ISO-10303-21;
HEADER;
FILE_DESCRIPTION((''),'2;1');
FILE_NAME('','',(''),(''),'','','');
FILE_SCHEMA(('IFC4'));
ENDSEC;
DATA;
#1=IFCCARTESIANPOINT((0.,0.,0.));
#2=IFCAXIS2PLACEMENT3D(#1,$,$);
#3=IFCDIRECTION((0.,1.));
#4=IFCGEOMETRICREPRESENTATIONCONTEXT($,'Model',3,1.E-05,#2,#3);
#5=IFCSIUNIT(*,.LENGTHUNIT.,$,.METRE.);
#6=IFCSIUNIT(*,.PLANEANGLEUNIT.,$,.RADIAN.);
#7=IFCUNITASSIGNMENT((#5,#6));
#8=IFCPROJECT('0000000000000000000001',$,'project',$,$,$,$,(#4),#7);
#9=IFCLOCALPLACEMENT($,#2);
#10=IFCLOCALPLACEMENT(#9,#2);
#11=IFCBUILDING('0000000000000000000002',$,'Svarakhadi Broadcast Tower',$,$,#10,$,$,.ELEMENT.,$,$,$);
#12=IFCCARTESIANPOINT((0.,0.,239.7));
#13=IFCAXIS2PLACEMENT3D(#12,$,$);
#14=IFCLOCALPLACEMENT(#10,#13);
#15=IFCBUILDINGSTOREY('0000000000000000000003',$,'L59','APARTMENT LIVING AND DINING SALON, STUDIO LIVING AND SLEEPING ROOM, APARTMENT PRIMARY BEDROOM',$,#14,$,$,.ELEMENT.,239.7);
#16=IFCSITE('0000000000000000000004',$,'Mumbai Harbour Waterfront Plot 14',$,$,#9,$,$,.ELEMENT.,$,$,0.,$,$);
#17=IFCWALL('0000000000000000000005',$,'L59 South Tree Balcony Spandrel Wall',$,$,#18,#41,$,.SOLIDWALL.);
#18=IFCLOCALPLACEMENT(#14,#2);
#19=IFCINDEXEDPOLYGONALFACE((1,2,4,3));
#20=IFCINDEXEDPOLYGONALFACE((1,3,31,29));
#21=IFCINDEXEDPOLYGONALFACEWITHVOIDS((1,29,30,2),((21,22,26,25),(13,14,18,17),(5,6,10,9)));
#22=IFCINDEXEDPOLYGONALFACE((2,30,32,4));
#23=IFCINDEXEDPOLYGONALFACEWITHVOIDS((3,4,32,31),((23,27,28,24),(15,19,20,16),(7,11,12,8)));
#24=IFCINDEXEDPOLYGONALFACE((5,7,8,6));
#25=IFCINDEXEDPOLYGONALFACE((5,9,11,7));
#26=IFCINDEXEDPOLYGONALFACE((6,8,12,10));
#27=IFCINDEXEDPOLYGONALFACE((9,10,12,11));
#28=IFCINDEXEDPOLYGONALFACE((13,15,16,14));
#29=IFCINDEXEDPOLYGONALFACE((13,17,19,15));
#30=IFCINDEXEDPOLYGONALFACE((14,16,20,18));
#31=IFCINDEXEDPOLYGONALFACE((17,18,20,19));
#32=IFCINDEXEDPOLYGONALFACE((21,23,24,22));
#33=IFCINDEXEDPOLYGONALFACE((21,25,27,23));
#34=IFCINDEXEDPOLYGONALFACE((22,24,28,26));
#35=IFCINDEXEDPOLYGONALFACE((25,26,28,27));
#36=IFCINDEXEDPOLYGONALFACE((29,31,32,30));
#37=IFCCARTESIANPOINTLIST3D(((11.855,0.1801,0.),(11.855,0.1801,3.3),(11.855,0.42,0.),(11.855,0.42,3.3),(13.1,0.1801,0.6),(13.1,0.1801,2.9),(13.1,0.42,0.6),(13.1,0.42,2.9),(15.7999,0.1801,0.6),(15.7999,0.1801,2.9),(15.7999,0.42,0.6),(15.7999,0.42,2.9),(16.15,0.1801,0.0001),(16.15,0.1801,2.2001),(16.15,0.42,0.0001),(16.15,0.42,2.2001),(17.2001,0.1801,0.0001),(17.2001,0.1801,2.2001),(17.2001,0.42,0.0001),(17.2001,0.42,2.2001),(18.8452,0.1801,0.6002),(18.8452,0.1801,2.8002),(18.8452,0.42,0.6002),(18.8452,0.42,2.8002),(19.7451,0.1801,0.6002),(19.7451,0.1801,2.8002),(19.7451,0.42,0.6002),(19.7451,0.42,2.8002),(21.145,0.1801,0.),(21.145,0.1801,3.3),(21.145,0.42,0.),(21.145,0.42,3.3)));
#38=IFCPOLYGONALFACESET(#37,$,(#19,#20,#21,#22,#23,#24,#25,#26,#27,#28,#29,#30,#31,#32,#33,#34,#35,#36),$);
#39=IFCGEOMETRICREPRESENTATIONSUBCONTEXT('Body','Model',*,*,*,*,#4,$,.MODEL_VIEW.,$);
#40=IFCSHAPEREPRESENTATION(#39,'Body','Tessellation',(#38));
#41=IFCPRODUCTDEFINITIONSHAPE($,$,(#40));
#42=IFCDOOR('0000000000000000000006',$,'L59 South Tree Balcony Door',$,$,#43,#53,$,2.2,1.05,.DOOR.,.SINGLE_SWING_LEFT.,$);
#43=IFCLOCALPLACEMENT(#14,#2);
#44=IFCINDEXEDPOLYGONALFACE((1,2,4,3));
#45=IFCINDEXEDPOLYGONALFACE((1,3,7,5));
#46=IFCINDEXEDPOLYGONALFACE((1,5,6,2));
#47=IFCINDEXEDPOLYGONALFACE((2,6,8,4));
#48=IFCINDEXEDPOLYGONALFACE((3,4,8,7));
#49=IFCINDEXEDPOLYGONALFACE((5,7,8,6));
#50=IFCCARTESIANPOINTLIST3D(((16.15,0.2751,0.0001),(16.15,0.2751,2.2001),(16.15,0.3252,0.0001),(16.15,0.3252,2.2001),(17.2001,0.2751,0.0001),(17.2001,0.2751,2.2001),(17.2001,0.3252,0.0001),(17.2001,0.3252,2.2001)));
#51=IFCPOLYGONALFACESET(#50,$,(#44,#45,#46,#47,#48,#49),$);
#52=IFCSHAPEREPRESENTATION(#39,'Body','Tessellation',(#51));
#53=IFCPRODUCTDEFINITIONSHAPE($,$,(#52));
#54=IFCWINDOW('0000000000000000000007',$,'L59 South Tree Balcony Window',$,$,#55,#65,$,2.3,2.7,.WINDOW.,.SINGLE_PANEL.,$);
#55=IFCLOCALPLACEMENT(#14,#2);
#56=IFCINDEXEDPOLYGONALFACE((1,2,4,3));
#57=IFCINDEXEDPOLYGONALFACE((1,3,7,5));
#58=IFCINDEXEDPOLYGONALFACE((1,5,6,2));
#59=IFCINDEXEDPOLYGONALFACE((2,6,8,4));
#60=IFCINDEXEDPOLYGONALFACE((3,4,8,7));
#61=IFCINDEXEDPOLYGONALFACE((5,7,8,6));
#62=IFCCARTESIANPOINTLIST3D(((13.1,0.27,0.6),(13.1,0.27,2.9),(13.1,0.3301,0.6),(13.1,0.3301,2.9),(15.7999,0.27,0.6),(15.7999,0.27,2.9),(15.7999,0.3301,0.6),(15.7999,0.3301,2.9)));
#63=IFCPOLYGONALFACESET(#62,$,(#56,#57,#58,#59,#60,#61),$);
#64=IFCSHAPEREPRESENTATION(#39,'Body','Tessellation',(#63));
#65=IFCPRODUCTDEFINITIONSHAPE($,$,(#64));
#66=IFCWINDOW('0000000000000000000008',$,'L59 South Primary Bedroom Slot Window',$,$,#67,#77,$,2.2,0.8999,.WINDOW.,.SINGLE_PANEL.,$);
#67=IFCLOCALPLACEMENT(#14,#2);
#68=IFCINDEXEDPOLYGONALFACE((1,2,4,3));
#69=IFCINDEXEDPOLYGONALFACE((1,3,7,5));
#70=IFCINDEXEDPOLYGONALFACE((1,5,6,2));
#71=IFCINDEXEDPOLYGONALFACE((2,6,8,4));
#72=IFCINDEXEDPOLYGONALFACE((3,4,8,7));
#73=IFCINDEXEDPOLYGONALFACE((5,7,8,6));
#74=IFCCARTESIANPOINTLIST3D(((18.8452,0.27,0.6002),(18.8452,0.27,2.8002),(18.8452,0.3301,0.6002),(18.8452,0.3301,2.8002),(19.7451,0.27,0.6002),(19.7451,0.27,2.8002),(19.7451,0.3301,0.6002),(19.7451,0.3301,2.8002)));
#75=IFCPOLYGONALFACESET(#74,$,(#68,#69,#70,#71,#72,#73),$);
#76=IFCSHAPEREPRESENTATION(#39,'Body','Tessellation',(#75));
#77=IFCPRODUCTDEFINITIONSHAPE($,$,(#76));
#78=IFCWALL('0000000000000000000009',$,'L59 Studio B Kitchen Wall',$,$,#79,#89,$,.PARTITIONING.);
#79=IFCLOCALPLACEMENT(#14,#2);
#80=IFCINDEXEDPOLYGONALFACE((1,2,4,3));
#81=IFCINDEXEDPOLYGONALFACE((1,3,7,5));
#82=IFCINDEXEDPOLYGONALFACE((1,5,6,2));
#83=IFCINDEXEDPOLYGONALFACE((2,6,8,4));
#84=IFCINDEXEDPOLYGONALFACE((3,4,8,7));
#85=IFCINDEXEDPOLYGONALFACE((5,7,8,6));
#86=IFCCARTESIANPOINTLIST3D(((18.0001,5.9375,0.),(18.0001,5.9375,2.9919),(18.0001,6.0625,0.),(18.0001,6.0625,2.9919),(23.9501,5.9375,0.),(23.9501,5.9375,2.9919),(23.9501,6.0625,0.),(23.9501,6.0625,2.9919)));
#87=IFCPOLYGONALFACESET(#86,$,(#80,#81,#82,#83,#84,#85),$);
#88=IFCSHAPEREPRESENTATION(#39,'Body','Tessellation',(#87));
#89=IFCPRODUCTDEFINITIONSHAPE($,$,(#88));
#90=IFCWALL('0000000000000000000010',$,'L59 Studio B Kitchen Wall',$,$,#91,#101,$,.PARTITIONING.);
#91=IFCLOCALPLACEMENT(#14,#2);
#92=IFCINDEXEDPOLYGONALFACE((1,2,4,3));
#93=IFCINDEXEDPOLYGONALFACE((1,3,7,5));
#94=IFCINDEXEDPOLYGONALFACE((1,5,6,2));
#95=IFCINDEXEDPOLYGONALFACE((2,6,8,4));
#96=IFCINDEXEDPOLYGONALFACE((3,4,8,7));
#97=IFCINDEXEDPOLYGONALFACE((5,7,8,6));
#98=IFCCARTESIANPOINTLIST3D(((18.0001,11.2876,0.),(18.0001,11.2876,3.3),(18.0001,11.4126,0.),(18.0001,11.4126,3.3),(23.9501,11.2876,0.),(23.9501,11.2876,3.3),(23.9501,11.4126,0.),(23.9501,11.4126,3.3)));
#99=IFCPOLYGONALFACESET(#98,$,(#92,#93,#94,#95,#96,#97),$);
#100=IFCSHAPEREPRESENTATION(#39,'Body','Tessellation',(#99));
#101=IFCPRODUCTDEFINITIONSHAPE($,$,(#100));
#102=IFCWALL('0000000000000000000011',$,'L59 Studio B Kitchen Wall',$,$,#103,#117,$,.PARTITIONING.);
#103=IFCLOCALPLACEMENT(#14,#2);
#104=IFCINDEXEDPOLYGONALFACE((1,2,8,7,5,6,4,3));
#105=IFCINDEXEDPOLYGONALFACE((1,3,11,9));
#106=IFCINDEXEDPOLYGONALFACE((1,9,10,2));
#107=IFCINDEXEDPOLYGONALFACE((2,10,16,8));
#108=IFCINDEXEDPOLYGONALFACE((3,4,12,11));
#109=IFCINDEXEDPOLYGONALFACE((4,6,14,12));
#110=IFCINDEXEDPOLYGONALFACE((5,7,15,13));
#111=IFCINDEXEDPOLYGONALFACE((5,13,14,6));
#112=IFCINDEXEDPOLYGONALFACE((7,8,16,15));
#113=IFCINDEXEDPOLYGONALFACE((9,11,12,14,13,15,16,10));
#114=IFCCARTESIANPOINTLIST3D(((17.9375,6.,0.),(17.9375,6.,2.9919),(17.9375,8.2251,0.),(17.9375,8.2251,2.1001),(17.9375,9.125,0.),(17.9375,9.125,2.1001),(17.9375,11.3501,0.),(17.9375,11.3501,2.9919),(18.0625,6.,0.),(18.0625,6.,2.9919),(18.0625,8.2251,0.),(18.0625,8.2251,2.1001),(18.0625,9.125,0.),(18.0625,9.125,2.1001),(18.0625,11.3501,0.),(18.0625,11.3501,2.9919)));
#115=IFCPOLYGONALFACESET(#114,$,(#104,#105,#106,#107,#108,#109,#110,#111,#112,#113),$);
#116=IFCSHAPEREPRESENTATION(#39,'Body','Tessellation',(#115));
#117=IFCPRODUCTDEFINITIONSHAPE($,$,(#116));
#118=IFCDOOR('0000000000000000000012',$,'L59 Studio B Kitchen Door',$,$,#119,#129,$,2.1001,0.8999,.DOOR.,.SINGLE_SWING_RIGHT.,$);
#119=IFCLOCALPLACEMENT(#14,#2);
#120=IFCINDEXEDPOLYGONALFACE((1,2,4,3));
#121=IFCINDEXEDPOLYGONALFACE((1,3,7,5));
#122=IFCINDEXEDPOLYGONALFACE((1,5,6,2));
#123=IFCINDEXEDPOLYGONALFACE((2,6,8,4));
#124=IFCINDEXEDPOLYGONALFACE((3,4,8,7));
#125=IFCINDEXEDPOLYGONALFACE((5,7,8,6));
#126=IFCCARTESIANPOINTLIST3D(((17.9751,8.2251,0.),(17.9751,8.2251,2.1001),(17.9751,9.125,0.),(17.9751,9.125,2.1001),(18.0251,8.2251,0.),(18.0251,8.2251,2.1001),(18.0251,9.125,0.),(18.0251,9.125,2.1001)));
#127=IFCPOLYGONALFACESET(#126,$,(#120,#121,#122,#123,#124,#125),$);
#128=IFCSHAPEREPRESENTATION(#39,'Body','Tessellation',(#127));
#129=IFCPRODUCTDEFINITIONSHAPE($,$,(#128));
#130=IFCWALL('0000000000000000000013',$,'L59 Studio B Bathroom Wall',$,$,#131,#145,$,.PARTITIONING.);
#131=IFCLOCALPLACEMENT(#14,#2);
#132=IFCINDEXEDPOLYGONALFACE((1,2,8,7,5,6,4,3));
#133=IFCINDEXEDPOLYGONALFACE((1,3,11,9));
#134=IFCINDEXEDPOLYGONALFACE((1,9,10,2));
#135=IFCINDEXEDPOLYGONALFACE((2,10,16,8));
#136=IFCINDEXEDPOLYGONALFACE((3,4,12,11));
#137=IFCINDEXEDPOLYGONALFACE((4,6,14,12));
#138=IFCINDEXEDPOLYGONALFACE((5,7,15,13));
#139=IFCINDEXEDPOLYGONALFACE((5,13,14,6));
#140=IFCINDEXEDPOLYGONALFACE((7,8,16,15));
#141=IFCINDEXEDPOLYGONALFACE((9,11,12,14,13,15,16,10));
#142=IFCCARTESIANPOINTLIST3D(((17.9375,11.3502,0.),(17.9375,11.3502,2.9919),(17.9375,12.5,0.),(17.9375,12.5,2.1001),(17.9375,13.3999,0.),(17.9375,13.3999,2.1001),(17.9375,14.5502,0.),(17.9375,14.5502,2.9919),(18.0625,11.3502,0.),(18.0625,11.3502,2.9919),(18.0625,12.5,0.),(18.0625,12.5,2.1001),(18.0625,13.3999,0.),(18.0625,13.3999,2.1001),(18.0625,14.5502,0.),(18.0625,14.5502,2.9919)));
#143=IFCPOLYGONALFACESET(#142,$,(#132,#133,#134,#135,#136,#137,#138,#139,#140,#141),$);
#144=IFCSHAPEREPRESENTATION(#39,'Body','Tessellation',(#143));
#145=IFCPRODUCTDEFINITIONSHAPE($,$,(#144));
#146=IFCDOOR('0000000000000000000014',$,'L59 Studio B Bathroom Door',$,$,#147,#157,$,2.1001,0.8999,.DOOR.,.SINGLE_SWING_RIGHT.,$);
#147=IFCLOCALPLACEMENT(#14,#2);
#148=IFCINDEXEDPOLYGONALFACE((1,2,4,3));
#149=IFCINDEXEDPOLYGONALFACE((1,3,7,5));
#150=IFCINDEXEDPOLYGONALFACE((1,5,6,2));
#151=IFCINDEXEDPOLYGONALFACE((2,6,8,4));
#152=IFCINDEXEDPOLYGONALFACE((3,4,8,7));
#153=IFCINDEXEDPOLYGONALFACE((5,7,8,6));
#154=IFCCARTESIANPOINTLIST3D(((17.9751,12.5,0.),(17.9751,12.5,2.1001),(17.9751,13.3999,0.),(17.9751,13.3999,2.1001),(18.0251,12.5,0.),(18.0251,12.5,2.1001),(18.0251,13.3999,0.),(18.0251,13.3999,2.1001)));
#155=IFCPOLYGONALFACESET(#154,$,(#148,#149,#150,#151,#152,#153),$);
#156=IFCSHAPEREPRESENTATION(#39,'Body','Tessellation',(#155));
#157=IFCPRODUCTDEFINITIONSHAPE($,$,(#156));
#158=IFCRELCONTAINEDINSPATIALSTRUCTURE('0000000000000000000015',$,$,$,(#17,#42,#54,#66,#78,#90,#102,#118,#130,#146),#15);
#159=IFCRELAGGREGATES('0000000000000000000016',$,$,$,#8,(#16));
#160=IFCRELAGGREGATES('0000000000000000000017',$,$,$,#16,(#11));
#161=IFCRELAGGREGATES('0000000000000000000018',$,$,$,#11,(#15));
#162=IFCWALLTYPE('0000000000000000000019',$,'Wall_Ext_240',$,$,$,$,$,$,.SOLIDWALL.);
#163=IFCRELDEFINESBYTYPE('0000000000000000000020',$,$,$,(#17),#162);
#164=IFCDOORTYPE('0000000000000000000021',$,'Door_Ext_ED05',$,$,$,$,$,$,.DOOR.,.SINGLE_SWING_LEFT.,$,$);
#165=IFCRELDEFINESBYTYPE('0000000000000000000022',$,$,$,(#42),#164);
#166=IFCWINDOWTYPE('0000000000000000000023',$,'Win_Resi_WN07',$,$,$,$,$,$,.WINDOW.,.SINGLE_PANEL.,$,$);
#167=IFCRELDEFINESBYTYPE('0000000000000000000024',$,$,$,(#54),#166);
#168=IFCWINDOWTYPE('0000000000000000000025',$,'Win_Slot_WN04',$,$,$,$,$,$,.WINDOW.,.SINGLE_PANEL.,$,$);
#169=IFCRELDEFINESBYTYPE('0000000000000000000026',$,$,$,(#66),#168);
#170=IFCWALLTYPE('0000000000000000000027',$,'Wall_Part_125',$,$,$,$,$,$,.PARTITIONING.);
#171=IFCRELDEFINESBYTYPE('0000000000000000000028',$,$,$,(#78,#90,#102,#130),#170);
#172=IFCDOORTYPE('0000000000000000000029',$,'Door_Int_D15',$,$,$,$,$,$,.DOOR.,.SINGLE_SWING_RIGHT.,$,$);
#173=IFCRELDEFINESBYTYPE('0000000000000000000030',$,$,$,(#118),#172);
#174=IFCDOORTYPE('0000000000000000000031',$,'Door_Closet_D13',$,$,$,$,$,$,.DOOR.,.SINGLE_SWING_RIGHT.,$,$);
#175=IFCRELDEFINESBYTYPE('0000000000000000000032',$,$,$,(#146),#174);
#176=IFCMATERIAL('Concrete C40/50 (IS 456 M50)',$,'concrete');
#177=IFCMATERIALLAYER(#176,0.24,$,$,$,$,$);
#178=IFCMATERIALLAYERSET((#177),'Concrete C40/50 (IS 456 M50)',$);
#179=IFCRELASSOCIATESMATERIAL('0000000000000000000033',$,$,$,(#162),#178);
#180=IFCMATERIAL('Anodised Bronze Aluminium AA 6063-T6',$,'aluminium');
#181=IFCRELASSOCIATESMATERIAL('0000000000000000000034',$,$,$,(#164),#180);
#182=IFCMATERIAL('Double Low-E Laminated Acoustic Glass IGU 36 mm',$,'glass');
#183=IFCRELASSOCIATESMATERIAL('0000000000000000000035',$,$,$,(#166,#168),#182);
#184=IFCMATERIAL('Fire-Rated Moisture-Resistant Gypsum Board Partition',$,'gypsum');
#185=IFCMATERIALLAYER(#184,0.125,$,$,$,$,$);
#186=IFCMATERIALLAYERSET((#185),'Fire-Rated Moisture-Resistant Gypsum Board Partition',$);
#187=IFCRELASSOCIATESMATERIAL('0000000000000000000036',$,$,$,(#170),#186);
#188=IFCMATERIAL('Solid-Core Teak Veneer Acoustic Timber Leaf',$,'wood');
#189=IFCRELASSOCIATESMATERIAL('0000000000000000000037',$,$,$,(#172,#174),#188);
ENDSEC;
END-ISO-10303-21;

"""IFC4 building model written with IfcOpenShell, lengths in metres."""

from ifc_helpers import new_model, si_unit, direction, frame, frame_2d, origin, place, context, subcontext, project, spatial, rectangle, extrude, material, layer, layer_set, type_object, element, fill, save


model = new_model("IFC4")

# Units and contexts
model_context = context("Model", 3, precision=1e-05, world=origin(), true_north=direction((0.0, 1.0)))
body_context = subcontext(model_context, "Body", "Model", "MODEL_VIEW")
ifc_project = project(units=[si_unit("LENGTHUNIT", "METRE"), si_unit("PLANEANGLEUNIT", "RADIAN")], contexts=[model_context])

# Site, building, storey
site_placement = place(None, origin())
site = spatial("IfcSite", under=ifc_project, at=site_placement, Name="Mumbai Harbour Waterfront Plot 14", CompositionType="ELEMENT", RefElevation=0.0)
building_placement = place(site_placement, origin())
building = spatial("IfcBuilding", under=site, at=building_placement, Name="Svarakhadi Broadcast Tower", CompositionType="ELEMENT")
storey_placement = place(building_placement, frame((0.0, 0.0, 239.7)))
storey = spatial("IfcBuildingStorey", under=building, at=storey_placement, Name="L59", Description="APARTMENT LIVING AND DINING SALON, STUDIO LIVING AND SLEEPING ROOM, APARTMENT PRIMARY BEDROOM", CompositionType="ELEMENT", Elevation=239.7)

# Shared definitions
ifc_material_1 = material(Name="Anodised Bronze Aluminium AA 6063-T6", Category="aluminium")

# Shared definitions
ifc_material_2 = material(Name="Double Low-E Laminated Acoustic Glass IGU 36 mm", Category="glass")

# Shared definitions
ifc_material_3 = material(Name="Solid-Core Teak Veneer Acoustic Timber Leaf", Category="wood")

# Wall, openings, door, windows
ifc_material_4 = material(Name="Concrete C40/50 (IS 456 M50)", Category="concrete")
ifc_layer_1 = layer(ifc_material_4, 0.24)
ifc_layer_set_1 = layer_set([ifc_layer_1], Name="Concrete C40/50 (IS 456 M50)")
wall_type_1 = type_object("IfcWallType", Name="Wall_Ext_240", PredefinedType="SOLIDWALL", material=ifc_layer_set_1)
wall_1_placement = place(storey_placement, frame((21.145, 0.3, 0.0), z_axis=(0.0, 0.0, 1.0), x_axis=(-1.0, 0.0, 0.0)))
wall_1 = element("IfcWall", 1, at=wall_1_placement, inside=storey, type_object=wall_type_1, Name="L59 South Tree Balcony Spandrel Wall", PredefinedType="SOLIDWALL", context=body_context, shape_type="SweptSolid", body=[
    extrude(rectangle(XDim=9.29, YDim=0.24, at=frame_2d((4.645, 0.0))), origin(), (0.0, 0.0, 1.0), 3.3),
])
opening_1_placement = place(wall_1_placement, frame((3.9451, 0.0, 0.0)))
opening_1 = element("IfcOpeningElement", 2, at=opening_1_placement, cuts=wall_1, PredefinedType="OPENING", context=body_context, shape_type="SweptSolid", body=[
    extrude(rectangle(XDim=1.05, YDim=2.2, at=frame_2d((0.5249, 1.1001))), frame((0.0, 0.1299, 0.0), z_axis=(0.0, -1.0, 0.0), x_axis=(1.0, 0.0, 0.0)), (0.0, 0.0, 1.0), 0.26),
])
opening_2_placement = place(wall_1_placement, frame((5.345, 0.0, 0.6001)))
opening_2 = element("IfcOpeningElement", 3, at=opening_2_placement, cuts=wall_1, PredefinedType="OPENING", context=body_context, shape_type="SweptSolid", body=[
    extrude(rectangle(XDim=2.7, YDim=2.3, at=frame_2d((1.3501, 1.1499))), frame((0.0, 0.1299, 0.0), z_axis=(0.0, -1.0, 0.0), x_axis=(1.0, 0.0, 0.0)), (0.0, 0.0, 1.0), 0.26),
])
opening_3_placement = place(wall_1_placement, frame((1.3999, 0.0, 0.6001)))
opening_3 = element("IfcOpeningElement", 4, at=opening_3_placement, cuts=wall_1, PredefinedType="OPENING", context=body_context, shape_type="SweptSolid", body=[
    extrude(rectangle(XDim=0.8999, YDim=2.2, at=frame_2d((0.45, 1.1001))), frame((0.0, 0.1299, 0.0), z_axis=(0.0, -1.0, 0.0), x_axis=(1.0, 0.0, 0.0)), (0.0, 0.0, 1.0), 0.26),
])
door_type_1 = type_object("IfcDoorType", Name="Door_Ext_ED05", OperationType="SINGLE_SWING_LEFT", PredefinedType="DOOR", material=ifc_material_1)
door_1_placement = place(opening_1_placement, origin())
door_1 = element("IfcDoor", 5, at=door_1_placement, inside=storey, type_object=door_type_1, Name="L59 South Tree Balcony Door", OperationType="SINGLE_SWING_LEFT", OverallHeight=2.2, OverallWidth=1.05, PredefinedType="DOOR", context=body_context, shape_type="SweptSolid", body=[
    extrude(rectangle(XDim=1.05, YDim=2.2, at=frame_2d((0.5249, 1.1001))), frame((0.0, 0.0249, 0.0), z_axis=(0.0, -1.0, 0.0), x_axis=(1.0, 0.0, 0.0)), (0.0, 0.0, 1.0), 0.05),
])
fill(opening_1, door_1)
window_type_1 = type_object("IfcWindowType", Name="Win_Resi_WN07", PartitioningType="SINGLE_PANEL", PredefinedType="WINDOW", material=ifc_material_2)
window_1_placement = place(opening_2_placement, origin())
window_1 = element("IfcWindow", 6, at=window_1_placement, inside=storey, type_object=window_type_1, Name="L59 South Tree Balcony Window", OverallHeight=2.3, OverallWidth=2.7, PartitioningType="SINGLE_PANEL", PredefinedType="WINDOW", context=body_context, shape_type="SweptSolid", body=[
    extrude(rectangle(XDim=2.7, YDim=2.3, at=frame_2d((1.3501, 1.1499))), frame((0.0, 0.03, 0.0), z_axis=(0.0, -1.0, 0.0), x_axis=(1.0, 0.0, 0.0)), (0.0, 0.0, 1.0), 0.0601),
])
fill(opening_2, window_1)
window_type_2 = type_object("IfcWindowType", Name="Win_Slot_WN04", PartitioningType="SINGLE_PANEL", PredefinedType="WINDOW", material=ifc_material_2)
window_2_placement = place(opening_3_placement, origin())
window_2 = element("IfcWindow", 7, at=window_2_placement, inside=storey, type_object=window_type_2, Name="L59 South Primary Bedroom Slot Window", OverallHeight=2.2, OverallWidth=0.8999, PartitioningType="SINGLE_PANEL", PredefinedType="WINDOW", context=body_context, shape_type="SweptSolid", body=[
    extrude(rectangle(XDim=0.8999, YDim=2.2, at=frame_2d((0.45, 1.1001))), frame((0.0, 0.03, 0.0), z_axis=(0.0, -1.0, 0.0), x_axis=(1.0, 0.0, 0.0)), (0.0, 0.0, 1.0), 0.0601),
])
fill(opening_3, window_2)

# Walls
ifc_material_5 = material(Name="Fire-Rated Moisture-Resistant Gypsum Board Partition", Category="gypsum")
ifc_layer_2 = layer(ifc_material_5, 0.125)
ifc_layer_set_2 = layer_set([ifc_layer_2], Name="Fire-Rated Moisture-Resistant Gypsum Board Partition")
wall_type_2 = type_object("IfcWallType", Name="Wall_Part_125", PredefinedType="PARTITIONING", material=ifc_layer_set_2)
wall_2_placement = place(storey_placement, frame((18.0, 6.0, 0.0), z_axis=(0.0, 0.0, 1.0), x_axis=(1.0, 0.0, 0.0)))
element("IfcWall", 8, at=wall_2_placement, inside=storey, type_object=wall_type_2, Name="L59 Studio B Kitchen Wall", PredefinedType="PARTITIONING", context=body_context, shape_type="SweptSolid", body=[
    extrude(rectangle(XDim=5.95, YDim=0.125, at=frame_2d((2.9751, 0.0))), origin(), (0.0, 0.0, 1.0), 2.9919),
])
wall_3_placement = place(storey_placement, frame((18.0, 11.3501, 0.0), z_axis=(0.0, 0.0, 1.0), x_axis=(1.0, 0.0, 0.0)))
element("IfcWall", 9, at=wall_3_placement, inside=storey, type_object=wall_type_2, Name="L59 Studio B Kitchen Wall", PredefinedType="PARTITIONING", context=body_context, shape_type="SweptSolid", body=[
    extrude(rectangle(XDim=5.95, YDim=0.125, at=frame_2d((2.9751, 0.0))), origin(), (0.0, 0.0, 1.0), 3.3),
])

# Walls, openings, doors
wall_4_placement = place(storey_placement, frame((18.0, 6.0, 0.0), z_axis=(0.0, 0.0, 1.0), x_axis=(0.0, 1.0, 0.0)))
wall_4 = element("IfcWall", 10, at=wall_4_placement, inside=storey, type_object=wall_type_2, Name="L59 Studio B Kitchen Wall", PredefinedType="PARTITIONING", context=body_context, shape_type="SweptSolid", body=[
    extrude(rectangle(XDim=5.3501, YDim=0.125, at=frame_2d((2.675, 0.0))), origin(), (0.0, 0.0, 1.0), 2.9919),
])
opening_4_placement = place(wall_4_placement, frame((2.2251, 0.0, 0.0)))
opening_4 = element("IfcOpeningElement", 11, at=opening_4_placement, cuts=wall_4, PredefinedType="OPENING", context=body_context, shape_type="SweptSolid", body=[
    extrude(rectangle(XDim=0.8999, YDim=2.1001, at=frame_2d((0.45, 1.05))), frame((0.0, 0.0725, 0.0), z_axis=(0.0, -1.0, 0.0), x_axis=(1.0, 0.0, 0.0)), (0.0, 0.0, 1.0), 0.145),
])
door_type_2 = type_object("IfcDoorType", Name="Door_Int_D15", OperationType="SINGLE_SWING_RIGHT", PredefinedType="DOOR", material=ifc_material_3)
door_2_placement = place(opening_4_placement, origin())
door_2 = element("IfcDoor", 12, at=door_2_placement, inside=storey, type_object=door_type_2, Name="L59 Studio B Kitchen Door", OperationType="SINGLE_SWING_RIGHT", OverallHeight=2.1001, OverallWidth=0.8999, PredefinedType="DOOR", context=body_context, shape_type="SweptSolid", body=[
    extrude(rectangle(XDim=0.8999, YDim=2.1001, at=frame_2d((0.45, 1.05))), frame((0.0, 0.0249, 0.0), z_axis=(0.0, -1.0, 0.0), x_axis=(1.0, 0.0, 0.0)), (0.0, 0.0, 1.0), 0.05),
])
fill(opening_4, door_2)
wall_5_placement = place(storey_placement, frame((18.0, 11.3501, 0.0), z_axis=(0.0, 0.0, 1.0), x_axis=(0.0, 1.0, 0.0)))
wall_5 = element("IfcWall", 13, at=wall_5_placement, inside=storey, type_object=wall_type_2, Name="L59 Studio B Bathroom Wall", PredefinedType="PARTITIONING", context=body_context, shape_type="SweptSolid", body=[
    extrude(rectangle(XDim=3.2, YDim=0.125, at=frame_2d((1.6001, 0.0))), origin(), (0.0, 0.0, 1.0), 2.9919),
])
opening_5_placement = place(wall_5_placement, frame((1.1499, 0.0, 0.0)))
opening_5 = element("IfcOpeningElement", 14, at=opening_5_placement, cuts=wall_5, PredefinedType="OPENING", context=body_context, shape_type="SweptSolid", body=[
    extrude(rectangle(XDim=0.8999, YDim=2.1001, at=frame_2d((0.45, 1.05))), frame((0.0, 0.0725, 0.0), z_axis=(0.0, -1.0, 0.0), x_axis=(1.0, 0.0, 0.0)), (0.0, 0.0, 1.0), 0.145),
])
door_type_3 = type_object("IfcDoorType", Name="Door_Closet_D13", OperationType="SINGLE_SWING_RIGHT", PredefinedType="DOOR", material=ifc_material_3)
door_3_placement = place(opening_5_placement, origin())
door_3 = element("IfcDoor", 15, at=door_3_placement, inside=storey, type_object=door_type_3, Name="L59 Studio B Bathroom Door", OperationType="SINGLE_SWING_RIGHT", OverallHeight=2.1001, OverallWidth=0.8999, PredefinedType="DOOR", context=body_context, shape_type="SweptSolid", body=[
    extrude(rectangle(XDim=0.8999, YDim=2.1001, at=frame_2d((0.45, 1.05))), frame((0.0, 0.0249, 0.0), z_axis=(0.0, -1.0, 0.0), x_axis=(1.0, 0.0, 0.0)), (0.0, 0.0, 1.0), 0.05),
])
fill(opening_5, door_3)

save(model, "model.ifc")
